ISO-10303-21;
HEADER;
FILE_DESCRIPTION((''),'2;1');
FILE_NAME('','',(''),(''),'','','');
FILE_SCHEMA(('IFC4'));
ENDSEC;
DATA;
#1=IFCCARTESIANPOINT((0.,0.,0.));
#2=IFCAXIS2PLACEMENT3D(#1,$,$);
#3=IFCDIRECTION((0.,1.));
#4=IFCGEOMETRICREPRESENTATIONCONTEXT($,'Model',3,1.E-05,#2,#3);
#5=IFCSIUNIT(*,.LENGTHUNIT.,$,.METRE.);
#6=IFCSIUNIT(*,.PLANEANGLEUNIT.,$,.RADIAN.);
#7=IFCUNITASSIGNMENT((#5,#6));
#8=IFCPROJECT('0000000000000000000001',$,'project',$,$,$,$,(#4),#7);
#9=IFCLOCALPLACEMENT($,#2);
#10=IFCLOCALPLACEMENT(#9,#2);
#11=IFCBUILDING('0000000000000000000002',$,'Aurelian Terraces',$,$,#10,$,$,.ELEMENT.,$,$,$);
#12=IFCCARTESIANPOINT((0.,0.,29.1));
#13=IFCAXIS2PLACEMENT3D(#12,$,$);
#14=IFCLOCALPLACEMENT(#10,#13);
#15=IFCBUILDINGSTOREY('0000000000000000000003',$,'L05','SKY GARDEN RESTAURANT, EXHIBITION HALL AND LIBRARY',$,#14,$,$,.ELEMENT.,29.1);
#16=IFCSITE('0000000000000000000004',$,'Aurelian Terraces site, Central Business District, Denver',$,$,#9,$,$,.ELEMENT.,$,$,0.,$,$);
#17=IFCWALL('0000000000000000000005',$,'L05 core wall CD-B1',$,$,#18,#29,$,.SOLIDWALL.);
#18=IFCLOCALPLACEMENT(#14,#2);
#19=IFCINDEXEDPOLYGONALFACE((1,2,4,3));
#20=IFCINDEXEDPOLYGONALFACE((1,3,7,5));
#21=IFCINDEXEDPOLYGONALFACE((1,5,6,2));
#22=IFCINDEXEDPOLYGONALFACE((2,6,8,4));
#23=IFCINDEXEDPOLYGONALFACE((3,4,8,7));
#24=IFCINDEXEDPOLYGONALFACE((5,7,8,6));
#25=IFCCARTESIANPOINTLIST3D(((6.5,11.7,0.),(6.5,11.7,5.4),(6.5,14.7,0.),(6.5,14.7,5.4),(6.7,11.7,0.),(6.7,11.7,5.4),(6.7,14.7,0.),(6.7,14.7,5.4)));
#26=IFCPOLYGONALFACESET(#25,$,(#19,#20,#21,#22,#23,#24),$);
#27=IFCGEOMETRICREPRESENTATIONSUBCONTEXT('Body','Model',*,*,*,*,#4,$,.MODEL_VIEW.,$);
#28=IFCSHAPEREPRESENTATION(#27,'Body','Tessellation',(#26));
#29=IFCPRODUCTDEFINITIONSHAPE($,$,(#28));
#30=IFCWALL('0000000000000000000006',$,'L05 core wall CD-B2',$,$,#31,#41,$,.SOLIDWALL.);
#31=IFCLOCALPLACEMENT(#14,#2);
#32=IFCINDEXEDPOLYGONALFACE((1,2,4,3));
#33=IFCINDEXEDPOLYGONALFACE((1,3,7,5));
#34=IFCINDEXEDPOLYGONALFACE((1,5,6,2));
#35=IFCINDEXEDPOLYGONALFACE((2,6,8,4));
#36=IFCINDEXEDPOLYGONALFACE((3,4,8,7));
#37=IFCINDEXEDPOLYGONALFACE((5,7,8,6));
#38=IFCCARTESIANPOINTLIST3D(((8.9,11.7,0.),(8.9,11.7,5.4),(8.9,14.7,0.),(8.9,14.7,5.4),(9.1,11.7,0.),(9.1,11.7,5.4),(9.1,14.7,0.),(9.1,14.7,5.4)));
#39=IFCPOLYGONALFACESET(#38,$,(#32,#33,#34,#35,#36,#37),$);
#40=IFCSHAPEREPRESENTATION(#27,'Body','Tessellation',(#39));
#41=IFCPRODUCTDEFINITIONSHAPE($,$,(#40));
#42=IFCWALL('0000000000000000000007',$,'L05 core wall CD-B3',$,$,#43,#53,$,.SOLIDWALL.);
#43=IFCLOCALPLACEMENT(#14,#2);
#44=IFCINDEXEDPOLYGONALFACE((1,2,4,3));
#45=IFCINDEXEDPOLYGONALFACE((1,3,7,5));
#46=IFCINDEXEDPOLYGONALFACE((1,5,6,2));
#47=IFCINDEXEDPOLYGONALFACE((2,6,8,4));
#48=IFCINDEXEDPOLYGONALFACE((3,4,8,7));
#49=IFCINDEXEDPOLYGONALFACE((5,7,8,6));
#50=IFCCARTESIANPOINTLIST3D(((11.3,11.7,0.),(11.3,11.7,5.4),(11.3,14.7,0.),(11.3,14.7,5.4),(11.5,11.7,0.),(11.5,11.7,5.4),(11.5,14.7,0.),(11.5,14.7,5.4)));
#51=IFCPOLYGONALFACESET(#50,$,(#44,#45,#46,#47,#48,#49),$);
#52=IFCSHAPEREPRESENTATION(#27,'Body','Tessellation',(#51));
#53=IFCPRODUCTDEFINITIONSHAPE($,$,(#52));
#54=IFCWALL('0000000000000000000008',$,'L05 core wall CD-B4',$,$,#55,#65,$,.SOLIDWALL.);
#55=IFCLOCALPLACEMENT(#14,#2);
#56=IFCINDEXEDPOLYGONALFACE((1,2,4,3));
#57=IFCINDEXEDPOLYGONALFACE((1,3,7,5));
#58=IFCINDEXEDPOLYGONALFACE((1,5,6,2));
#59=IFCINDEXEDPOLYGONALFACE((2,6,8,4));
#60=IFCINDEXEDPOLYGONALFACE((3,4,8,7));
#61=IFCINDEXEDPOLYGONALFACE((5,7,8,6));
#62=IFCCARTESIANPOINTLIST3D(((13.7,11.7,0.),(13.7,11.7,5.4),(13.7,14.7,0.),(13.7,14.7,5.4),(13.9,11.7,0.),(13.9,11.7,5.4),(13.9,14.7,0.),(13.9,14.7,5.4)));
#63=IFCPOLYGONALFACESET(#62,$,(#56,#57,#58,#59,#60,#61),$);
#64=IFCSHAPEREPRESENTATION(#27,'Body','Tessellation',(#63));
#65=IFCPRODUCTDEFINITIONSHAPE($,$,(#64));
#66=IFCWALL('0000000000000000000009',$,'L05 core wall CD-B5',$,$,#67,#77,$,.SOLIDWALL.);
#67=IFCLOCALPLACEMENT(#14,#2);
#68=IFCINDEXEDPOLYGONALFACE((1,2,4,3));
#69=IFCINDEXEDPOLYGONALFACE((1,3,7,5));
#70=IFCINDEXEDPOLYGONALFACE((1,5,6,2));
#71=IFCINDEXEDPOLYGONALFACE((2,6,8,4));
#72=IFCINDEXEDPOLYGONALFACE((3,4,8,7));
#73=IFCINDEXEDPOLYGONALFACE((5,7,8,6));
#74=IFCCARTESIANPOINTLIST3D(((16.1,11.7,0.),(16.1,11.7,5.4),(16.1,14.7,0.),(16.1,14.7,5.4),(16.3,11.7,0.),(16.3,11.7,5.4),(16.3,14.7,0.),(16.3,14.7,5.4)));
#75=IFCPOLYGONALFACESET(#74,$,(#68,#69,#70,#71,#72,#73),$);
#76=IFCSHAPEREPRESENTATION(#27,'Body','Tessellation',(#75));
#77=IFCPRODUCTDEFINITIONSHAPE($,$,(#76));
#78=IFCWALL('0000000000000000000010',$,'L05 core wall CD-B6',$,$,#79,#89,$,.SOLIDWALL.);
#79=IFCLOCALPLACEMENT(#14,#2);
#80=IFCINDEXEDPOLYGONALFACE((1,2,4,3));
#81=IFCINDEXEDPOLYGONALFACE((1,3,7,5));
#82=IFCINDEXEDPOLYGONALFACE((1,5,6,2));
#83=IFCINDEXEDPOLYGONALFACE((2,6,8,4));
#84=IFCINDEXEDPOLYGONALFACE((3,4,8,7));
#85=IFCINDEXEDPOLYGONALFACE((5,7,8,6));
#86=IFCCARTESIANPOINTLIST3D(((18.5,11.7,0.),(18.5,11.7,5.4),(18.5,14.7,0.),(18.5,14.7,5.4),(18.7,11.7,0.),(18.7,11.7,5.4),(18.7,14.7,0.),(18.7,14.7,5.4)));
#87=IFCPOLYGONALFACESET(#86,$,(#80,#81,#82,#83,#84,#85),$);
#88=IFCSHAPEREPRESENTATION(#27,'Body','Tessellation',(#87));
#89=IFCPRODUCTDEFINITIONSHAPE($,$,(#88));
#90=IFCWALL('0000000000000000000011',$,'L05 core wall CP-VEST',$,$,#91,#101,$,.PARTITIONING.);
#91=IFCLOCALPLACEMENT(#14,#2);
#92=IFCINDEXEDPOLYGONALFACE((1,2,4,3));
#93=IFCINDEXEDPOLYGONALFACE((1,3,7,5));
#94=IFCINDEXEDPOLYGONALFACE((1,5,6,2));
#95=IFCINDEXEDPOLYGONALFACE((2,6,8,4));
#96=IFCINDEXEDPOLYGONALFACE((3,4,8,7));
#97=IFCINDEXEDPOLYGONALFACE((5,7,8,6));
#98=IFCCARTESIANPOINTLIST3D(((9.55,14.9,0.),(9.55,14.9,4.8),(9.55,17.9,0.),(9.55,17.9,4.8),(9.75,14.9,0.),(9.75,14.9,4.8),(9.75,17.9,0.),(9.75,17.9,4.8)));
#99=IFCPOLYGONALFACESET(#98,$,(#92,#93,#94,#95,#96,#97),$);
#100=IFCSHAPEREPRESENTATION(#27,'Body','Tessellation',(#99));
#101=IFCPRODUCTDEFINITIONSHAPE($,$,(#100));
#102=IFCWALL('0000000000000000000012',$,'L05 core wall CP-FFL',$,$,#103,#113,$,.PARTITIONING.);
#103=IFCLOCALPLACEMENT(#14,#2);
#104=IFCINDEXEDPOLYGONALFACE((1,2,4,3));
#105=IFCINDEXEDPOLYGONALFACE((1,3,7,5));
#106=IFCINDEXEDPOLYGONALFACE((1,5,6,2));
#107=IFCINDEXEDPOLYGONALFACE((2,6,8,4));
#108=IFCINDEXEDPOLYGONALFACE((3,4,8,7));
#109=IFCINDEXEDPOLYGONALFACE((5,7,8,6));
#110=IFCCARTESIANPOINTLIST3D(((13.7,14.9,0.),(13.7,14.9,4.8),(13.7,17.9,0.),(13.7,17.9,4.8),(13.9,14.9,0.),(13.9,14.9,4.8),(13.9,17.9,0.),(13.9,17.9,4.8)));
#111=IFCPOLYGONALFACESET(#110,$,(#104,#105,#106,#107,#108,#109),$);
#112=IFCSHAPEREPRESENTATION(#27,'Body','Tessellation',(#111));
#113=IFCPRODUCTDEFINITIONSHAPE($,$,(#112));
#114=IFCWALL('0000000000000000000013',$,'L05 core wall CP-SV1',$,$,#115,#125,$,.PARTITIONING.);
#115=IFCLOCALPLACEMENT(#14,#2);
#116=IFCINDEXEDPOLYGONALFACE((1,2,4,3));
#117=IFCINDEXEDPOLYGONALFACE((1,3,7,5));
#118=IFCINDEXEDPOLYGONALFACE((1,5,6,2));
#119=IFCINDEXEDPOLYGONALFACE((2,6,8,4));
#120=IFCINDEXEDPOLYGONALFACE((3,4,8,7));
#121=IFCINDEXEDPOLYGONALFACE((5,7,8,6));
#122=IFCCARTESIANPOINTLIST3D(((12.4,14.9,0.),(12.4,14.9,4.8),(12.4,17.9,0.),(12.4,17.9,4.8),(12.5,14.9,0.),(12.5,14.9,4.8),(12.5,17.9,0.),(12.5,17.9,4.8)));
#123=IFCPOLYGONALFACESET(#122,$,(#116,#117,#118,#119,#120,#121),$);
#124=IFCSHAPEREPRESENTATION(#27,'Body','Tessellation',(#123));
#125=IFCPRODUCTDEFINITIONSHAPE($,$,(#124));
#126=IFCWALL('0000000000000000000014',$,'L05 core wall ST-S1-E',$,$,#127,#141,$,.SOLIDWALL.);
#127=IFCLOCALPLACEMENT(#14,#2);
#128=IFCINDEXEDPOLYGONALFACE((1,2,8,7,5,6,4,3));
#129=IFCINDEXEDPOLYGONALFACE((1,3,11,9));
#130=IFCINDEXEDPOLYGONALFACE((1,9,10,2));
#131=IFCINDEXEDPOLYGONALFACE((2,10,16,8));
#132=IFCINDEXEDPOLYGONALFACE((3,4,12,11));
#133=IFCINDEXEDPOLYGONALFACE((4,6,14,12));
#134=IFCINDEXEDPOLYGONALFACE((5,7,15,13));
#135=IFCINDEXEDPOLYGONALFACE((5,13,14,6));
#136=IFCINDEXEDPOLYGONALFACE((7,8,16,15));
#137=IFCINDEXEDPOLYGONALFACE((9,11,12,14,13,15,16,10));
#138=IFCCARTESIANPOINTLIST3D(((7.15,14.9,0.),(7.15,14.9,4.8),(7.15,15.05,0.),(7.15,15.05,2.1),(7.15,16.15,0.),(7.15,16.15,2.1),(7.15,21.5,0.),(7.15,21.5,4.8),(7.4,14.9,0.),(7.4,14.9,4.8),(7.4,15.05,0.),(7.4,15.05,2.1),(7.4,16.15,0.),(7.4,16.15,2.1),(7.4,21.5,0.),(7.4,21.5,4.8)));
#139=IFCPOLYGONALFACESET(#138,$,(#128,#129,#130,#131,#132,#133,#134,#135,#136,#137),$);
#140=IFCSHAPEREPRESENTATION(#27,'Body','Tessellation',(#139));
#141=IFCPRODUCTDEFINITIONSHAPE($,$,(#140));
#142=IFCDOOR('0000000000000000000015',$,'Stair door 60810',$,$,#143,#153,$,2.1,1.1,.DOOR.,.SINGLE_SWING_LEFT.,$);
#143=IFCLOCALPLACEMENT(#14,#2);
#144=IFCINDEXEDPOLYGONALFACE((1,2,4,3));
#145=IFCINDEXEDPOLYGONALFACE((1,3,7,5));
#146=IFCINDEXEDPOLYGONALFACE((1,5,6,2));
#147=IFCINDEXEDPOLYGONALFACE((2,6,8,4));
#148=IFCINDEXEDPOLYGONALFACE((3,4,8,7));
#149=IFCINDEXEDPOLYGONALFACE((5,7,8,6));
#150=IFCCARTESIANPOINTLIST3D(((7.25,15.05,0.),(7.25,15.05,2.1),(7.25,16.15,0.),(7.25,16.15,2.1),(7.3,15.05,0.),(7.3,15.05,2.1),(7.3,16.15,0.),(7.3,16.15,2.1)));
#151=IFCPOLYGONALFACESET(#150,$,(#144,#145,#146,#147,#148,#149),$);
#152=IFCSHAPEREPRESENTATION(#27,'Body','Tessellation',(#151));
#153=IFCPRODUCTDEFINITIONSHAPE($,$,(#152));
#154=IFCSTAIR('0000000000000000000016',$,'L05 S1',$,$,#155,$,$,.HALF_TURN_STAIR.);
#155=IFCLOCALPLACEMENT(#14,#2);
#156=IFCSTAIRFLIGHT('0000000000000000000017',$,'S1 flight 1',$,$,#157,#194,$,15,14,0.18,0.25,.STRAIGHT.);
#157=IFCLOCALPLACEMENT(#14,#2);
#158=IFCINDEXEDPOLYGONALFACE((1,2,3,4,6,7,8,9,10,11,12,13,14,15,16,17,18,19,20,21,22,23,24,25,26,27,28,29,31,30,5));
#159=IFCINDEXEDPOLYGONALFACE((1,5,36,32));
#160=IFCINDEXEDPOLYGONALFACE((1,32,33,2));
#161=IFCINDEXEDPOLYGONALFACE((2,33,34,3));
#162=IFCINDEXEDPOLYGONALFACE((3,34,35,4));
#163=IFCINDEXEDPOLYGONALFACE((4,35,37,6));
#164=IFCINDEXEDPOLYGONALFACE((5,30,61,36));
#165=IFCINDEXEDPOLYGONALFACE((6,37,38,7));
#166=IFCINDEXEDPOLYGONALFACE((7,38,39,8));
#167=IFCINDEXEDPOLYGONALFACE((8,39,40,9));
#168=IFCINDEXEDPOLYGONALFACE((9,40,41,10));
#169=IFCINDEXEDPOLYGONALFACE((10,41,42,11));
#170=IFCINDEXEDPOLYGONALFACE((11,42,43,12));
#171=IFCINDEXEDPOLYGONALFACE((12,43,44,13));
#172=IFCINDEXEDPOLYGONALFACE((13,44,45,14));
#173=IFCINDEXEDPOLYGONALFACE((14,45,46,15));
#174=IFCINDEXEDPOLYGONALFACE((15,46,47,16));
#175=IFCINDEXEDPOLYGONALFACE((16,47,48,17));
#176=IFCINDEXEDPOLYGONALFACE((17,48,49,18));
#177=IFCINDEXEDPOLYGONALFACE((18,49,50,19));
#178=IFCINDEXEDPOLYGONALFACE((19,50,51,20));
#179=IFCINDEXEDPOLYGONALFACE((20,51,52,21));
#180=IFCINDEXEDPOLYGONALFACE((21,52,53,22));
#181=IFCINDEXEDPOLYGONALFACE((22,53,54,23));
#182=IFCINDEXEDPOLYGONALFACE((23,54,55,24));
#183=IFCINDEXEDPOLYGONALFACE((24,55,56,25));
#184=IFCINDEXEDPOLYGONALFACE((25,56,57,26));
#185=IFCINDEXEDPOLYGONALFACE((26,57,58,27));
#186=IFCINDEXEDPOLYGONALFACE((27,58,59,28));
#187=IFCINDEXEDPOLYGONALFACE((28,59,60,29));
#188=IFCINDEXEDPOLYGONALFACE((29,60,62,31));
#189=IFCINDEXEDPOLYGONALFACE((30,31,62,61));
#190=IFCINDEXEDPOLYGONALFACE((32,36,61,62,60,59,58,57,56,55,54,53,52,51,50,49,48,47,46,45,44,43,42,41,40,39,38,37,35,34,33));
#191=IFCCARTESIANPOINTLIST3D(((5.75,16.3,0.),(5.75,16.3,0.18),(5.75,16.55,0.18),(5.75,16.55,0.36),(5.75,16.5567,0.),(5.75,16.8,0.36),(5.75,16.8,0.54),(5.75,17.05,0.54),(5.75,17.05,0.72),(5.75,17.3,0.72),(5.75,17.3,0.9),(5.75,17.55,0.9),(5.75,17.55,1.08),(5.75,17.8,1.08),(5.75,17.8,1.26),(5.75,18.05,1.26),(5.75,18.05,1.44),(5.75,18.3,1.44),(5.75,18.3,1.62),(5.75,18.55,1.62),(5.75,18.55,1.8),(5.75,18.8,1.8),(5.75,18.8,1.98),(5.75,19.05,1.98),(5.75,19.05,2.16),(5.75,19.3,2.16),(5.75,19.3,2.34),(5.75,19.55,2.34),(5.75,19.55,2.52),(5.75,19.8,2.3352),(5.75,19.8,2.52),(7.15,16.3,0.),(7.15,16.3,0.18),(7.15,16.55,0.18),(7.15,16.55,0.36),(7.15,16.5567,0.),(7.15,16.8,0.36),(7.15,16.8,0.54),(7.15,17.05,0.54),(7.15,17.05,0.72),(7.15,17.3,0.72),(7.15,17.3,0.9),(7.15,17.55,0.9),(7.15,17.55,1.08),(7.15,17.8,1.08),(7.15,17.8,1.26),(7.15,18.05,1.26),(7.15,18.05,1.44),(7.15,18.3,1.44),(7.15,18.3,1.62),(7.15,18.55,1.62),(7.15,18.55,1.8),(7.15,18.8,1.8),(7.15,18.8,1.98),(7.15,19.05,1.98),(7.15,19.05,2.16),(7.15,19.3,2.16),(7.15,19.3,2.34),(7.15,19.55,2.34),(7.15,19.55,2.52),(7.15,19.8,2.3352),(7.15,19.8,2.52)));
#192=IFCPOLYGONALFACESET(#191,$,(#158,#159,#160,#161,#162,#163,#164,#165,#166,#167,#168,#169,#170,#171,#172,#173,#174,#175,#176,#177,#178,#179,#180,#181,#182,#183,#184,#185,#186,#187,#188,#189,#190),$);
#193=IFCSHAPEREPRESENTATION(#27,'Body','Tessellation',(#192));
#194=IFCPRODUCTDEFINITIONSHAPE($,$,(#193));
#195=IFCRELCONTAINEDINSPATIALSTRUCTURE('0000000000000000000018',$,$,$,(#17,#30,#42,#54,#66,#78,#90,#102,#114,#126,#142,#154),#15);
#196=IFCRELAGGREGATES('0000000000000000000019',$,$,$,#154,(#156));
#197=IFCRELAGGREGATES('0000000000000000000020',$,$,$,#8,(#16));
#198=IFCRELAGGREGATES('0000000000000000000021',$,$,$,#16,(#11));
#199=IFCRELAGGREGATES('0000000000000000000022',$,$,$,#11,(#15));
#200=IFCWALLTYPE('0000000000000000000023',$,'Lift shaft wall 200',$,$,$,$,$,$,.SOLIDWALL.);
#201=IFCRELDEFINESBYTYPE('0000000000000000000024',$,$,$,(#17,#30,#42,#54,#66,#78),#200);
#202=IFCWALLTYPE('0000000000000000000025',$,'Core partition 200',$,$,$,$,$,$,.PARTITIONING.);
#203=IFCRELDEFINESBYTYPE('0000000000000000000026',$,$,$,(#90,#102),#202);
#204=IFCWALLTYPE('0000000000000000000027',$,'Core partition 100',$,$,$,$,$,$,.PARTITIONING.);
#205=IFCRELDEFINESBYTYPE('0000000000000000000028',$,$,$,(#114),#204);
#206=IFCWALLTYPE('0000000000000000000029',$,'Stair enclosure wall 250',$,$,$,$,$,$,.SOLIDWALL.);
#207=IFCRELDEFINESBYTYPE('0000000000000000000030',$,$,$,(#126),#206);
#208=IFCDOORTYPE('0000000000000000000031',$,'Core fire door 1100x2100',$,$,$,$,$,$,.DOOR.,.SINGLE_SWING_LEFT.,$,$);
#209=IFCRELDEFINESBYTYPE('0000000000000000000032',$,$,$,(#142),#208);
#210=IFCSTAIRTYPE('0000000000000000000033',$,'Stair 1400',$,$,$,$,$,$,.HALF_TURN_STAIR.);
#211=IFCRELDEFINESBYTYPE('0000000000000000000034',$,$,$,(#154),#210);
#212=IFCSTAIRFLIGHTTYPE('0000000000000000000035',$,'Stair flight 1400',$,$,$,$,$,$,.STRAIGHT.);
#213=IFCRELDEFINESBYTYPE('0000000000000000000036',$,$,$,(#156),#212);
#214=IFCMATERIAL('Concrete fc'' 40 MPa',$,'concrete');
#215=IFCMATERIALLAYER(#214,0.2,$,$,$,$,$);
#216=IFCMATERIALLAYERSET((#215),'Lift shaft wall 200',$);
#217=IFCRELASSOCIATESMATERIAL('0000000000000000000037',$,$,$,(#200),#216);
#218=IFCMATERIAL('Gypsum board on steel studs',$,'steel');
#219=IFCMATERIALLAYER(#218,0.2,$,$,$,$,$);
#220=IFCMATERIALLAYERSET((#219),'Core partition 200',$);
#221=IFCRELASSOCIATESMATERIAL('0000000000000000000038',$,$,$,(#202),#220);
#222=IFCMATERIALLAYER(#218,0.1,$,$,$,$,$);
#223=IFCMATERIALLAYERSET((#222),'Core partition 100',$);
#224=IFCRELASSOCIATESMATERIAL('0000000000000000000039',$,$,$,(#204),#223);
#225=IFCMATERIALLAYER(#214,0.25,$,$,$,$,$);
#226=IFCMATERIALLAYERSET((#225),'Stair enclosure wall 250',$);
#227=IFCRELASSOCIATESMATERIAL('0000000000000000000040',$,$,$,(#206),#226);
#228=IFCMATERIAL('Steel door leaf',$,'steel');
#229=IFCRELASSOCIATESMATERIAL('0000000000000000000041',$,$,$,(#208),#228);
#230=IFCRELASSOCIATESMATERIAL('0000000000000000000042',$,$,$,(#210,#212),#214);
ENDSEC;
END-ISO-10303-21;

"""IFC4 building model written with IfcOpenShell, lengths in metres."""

from ifc_helpers import new_model, si_unit, direction, frame, frame_2d, origin, place, context, subcontext, project, spatial, polyline, rectangle, outline, extrude, source, transform, mapped, material, layer, layer_set, type_object, element, fill, aggregate, save


model = new_model("IFC4")

# Units and contexts
model_context = context("Model", 3, precision=1e-05, world=origin(), true_north=direction((0.0, 1.0)))
body_context = subcontext(model_context, "Body", "Model", "MODEL_VIEW")
ifc_project = project(units=[si_unit("LENGTHUNIT", "METRE"), si_unit("PLANEANGLEUNIT", "RADIAN")], contexts=[model_context])

# Site, building, storey
site_placement = place(None, origin())
site = spatial("IfcSite", under=ifc_project, at=site_placement, Name="Aurelian Terraces site, Central Business District, Denver", CompositionType="ELEMENT", RefElevation=0.0)
building_placement = place(site_placement, origin())
building = spatial("IfcBuilding", under=site, at=building_placement, Name="Aurelian Terraces", CompositionType="ELEMENT")
storey_placement = place(building_placement, frame((0.0, 0.0, 29.1)))
storey = spatial("IfcBuildingStorey", under=building, at=storey_placement, Name="L05", Description="SKY GARDEN RESTAURANT, EXHIBITION HALL AND LIBRARY", CompositionType="ELEMENT", Elevation=29.1)

# Walls
ifc_material_1 = material(Name="Concrete fc' 40 MPa", Category="concrete")
ifc_layer_1 = layer(ifc_material_1, 0.2)
ifc_layer_set_1 = layer_set([ifc_layer_1], Name="Lift shaft wall 200")
wall_type_1 = type_object("IfcWallType", Name="Lift shaft wall 200", PredefinedType="SOLIDWALL", material=ifc_layer_set_1)
shared_shape_1 = source(origin(), body_context, "Body", "SweptSolid", [
    extrude(rectangle(XDim=3.0, YDim=0.2, at=frame_2d((1.5, 0.0))), origin(), (0.0, 0.0, 1.0), 5.4),
])
for number, where, z_axis, x_axis, name in (
    (1, (6.6, 11.7, 0.0), (0.0, 0.0, 1.0), (0.0, 1.0, 0.0), "L05 core wall CD-B1"),
    (2, (9.0, 11.7, 0.0), (0.0, 0.0, 1.0), (0.0, 1.0, 0.0), "L05 core wall CD-B2"),
    (3, (11.4, 11.7, 0.0), (0.0, 0.0, 1.0), (0.0, 1.0, 0.0), "L05 core wall CD-B3"),
    (4, (13.8, 11.7, 0.0), (0.0, 0.0, 1.0), (0.0, 1.0, 0.0), "L05 core wall CD-B4"),
    (5, (16.2, 11.7, 0.0), (0.0, 0.0, 1.0), (0.0, 1.0, 0.0), "L05 core wall CD-B5"),
    (6, (18.6, 11.7, 0.0), (0.0, 0.0, 1.0), (0.0, 1.0, 0.0), "L05 core wall CD-B6"),
):
    element("IfcWall", number, at=place(storey_placement, frame(where, z_axis=z_axis, x_axis=x_axis)), inside=storey, type_object=wall_type_1, Name=name, PredefinedType="SOLIDWALL", context=body_context, shape_type="MappedRepresentation", body=[
        mapped(shared_shape_1, transform((0.0, 0.0, 0.0), scale=1.0)),
    ])
ifc_material_2 = material(Name="Gypsum board on steel studs", Category="steel")
ifc_layer_2 = layer(ifc_material_2, 0.2)
ifc_layer_set_2 = layer_set([ifc_layer_2], Name="Core partition 200")
wall_type_2 = type_object("IfcWallType", Name="Core partition 200", PredefinedType="PARTITIONING", material=ifc_layer_set_2)
shared_shape_2 = source(origin(), body_context, "Body", "SweptSolid", [
    extrude(rectangle(XDim=3.0, YDim=0.2, at=frame_2d((1.5, 0.0))), origin(), (0.0, 0.0, 1.0), 4.8),
])
for number, where, z_axis, x_axis, name in (
    (7, (9.65, 14.9, 0.0), (0.0, 0.0, 1.0), (0.0, 1.0, 0.0), "L05 core wall CP-VEST"),
    (8, (13.8, 14.9, 0.0), (0.0, 0.0, 1.0), (0.0, 1.0, 0.0), "L05 core wall CP-FFL"),
):
    element("IfcWall", number, at=place(storey_placement, frame(where, z_axis=z_axis, x_axis=x_axis)), inside=storey, type_object=wall_type_2, Name=name, PredefinedType="PARTITIONING", context=body_context, shape_type="MappedRepresentation", body=[
        mapped(shared_shape_2, transform((0.0, 0.0, 0.0), scale=1.0)),
    ])
ifc_layer_3 = layer(ifc_material_2, 0.1)
ifc_layer_set_3 = layer_set([ifc_layer_3], Name="Core partition 100")
wall_type_3 = type_object("IfcWallType", Name="Core partition 100", PredefinedType="PARTITIONING", material=ifc_layer_set_3)
shared_shape_3 = source(origin(), body_context, "Body", "SweptSolid", [
    extrude(rectangle(XDim=3.0, YDim=0.1, at=frame_2d((1.5, 0.0))), origin(), (0.0, 0.0, 1.0), 4.8),
])
wall_1_placement = place(storey_placement, frame((12.45, 14.9, 0.0), z_axis=(0.0, 0.0, 1.0), x_axis=(0.0, 1.0, 0.0)))
element("IfcWall", 9, at=wall_1_placement, inside=storey, type_object=wall_type_3, Name="L05 core wall CP-SV1", PredefinedType="PARTITIONING", context=body_context, shape_type="MappedRepresentation", body=[
    mapped(shared_shape_3, transform((0.0, 0.0, 0.0), scale=1.0)),
])

# Wall, opening, door
ifc_layer_4 = layer(ifc_material_1, 0.25)
ifc_layer_set_4 = layer_set([ifc_layer_4], Name="Stair enclosure wall 250")
wall_type_4 = type_object("IfcWallType", Name="Stair enclosure wall 250", PredefinedType="SOLIDWALL", material=ifc_layer_set_4)
shared_shape_4 = source(origin(), body_context, "Body", "SweptSolid", [
    extrude(rectangle(XDim=6.6, YDim=0.25, at=frame_2d((3.3, 0.0))), origin(), (0.0, 0.0, 1.0), 4.8),
])
wall_2_placement = place(storey_placement, frame((7.275, 14.9, 0.0), z_axis=(0.0, 0.0, 1.0), x_axis=(0.0, 1.0, 0.0)))
wall_2 = element("IfcWall", 10, at=wall_2_placement, inside=storey, type_object=wall_type_4, Name="L05 core wall ST-S1-E", PredefinedType="SOLIDWALL", context=body_context, shape_type="MappedRepresentation", body=[
    mapped(shared_shape_4, transform((0.0, 0.0, 0.0), scale=1.0)),
])
shared_shape_5 = source(origin(), body_context, "Body", "SweptSolid", [
    extrude(rectangle(XDim=1.1, YDim=2.1, at=frame_2d((0.55, 1.05))), frame((0.0, 0.135, 0.0), z_axis=(0.0, -1.0, 0.0), x_axis=(1.0, 0.0, 0.0)), (0.0, 0.0, 1.0), 0.27),
])
opening_placement = place(wall_2_placement, frame((0.15, 0.0, 0.0)))
opening = element("IfcOpeningElement", 11, at=opening_placement, cuts=wall_2, PredefinedType="OPENING", context=body_context, shape_type="MappedRepresentation", body=[
    mapped(shared_shape_5, transform((0.0, 0.0, 0.0), scale=1.0)),
])
ifc_material_3 = material(Name="Steel door leaf", Category="steel")
door_type = type_object("IfcDoorType", Name="Core fire door 1100x2100", OperationType="SINGLE_SWING_LEFT", PredefinedType="DOOR", material=ifc_material_3)
shared_shape_6 = source(origin(), body_context, "Body", "SweptSolid", [
    extrude(rectangle(XDim=1.1, YDim=2.1, at=frame_2d((0.55, 1.05))), frame((0.0, 0.025, 0.0), z_axis=(0.0, -1.0, 0.0), x_axis=(1.0, 0.0, 0.0)), (0.0, 0.0, 1.0), 0.05),
])
door_placement = place(opening_placement, origin())
door = element("IfcDoor", 12, at=door_placement, inside=storey, type_object=door_type, Name="Stair door 60810", OperationType="SINGLE_SWING_LEFT", OverallHeight=2.1, OverallWidth=1.1, PredefinedType="DOOR", context=body_context, shape_type="MappedRepresentation", body=[
    mapped(shared_shape_6, transform((0.0, 0.0, 0.0), scale=1.0)),
])
fill(opening, door)

# Stair, stair flight
stair_type = type_object("IfcStairType", Name="Stair 1400", PredefinedType="HALF_TURN_STAIR", material=ifc_material_1)
stair_placement = place(storey_placement, origin())
stair = element("IfcStair", 13, at=stair_placement, inside=storey, type_object=stair_type, Name="L05 S1", PredefinedType="HALF_TURN_STAIR")
stair_flight_type = type_object("IfcStairFlightType", Name="Stair flight 1400", PredefinedType="STRAIGHT", material=ifc_material_1)
shared_shape_7 = source(origin(), body_context, "Body", "SweptSolid", [
    extrude(outline(polyline([(0.0, 0.0), (0.0, 0.18), (0.25, 0.18), (0.25, 0.36), (0.5, 0.36), (0.5, 0.54), (0.75, 0.54), (0.75, 0.72), (1.0, 0.72), (1.0, 0.9), (1.25, 0.9), (1.25, 1.08), (1.5, 1.08), (1.5, 1.26), (1.75, 1.26), (1.75, 1.44), (2.0, 1.44), (2.0, 1.62), (2.25, 1.62), (2.25, 1.8), (2.5, 1.8), (2.5, 1.98), (2.75, 1.98), (2.75, 2.16), (3.0, 2.16), (3.0, 2.34), (3.25, 2.34), (3.25, 2.52), (3.5, 2.52), (3.5, 2.7), (3.5, 2.3352), (0.2567, 0.0), (0.0, 0.0)])), frame((0.0, 0.7, 0.0), z_axis=(0.0, -1.0, 0.0), x_axis=(1.0, 0.0, 0.0)), (0.0, 0.0, 1.0), 1.4),
])
stair_flight_placement = place(storey_placement, frame((6.45, 16.3, 0.0), z_axis=(0.0, 0.0, 1.0), x_axis=(0.0, 1.0, 0.0)))
stair_flight = element("IfcStairFlight", 14, at=stair_flight_placement, type_object=stair_flight_type, Name="S1 flight 1", NumberOfRisers=15, NumberOfTreads=14, PredefinedType="STRAIGHT", RiserHeight=0.18, TreadLength=0.25, context=body_context, shape_type="MappedRepresentation", body=[
    mapped(shared_shape_7, transform((0.0, 0.0, 0.0), scale=1.0)),
])
aggregate(stair, [stair_flight])

save(model, "model.ifc")
